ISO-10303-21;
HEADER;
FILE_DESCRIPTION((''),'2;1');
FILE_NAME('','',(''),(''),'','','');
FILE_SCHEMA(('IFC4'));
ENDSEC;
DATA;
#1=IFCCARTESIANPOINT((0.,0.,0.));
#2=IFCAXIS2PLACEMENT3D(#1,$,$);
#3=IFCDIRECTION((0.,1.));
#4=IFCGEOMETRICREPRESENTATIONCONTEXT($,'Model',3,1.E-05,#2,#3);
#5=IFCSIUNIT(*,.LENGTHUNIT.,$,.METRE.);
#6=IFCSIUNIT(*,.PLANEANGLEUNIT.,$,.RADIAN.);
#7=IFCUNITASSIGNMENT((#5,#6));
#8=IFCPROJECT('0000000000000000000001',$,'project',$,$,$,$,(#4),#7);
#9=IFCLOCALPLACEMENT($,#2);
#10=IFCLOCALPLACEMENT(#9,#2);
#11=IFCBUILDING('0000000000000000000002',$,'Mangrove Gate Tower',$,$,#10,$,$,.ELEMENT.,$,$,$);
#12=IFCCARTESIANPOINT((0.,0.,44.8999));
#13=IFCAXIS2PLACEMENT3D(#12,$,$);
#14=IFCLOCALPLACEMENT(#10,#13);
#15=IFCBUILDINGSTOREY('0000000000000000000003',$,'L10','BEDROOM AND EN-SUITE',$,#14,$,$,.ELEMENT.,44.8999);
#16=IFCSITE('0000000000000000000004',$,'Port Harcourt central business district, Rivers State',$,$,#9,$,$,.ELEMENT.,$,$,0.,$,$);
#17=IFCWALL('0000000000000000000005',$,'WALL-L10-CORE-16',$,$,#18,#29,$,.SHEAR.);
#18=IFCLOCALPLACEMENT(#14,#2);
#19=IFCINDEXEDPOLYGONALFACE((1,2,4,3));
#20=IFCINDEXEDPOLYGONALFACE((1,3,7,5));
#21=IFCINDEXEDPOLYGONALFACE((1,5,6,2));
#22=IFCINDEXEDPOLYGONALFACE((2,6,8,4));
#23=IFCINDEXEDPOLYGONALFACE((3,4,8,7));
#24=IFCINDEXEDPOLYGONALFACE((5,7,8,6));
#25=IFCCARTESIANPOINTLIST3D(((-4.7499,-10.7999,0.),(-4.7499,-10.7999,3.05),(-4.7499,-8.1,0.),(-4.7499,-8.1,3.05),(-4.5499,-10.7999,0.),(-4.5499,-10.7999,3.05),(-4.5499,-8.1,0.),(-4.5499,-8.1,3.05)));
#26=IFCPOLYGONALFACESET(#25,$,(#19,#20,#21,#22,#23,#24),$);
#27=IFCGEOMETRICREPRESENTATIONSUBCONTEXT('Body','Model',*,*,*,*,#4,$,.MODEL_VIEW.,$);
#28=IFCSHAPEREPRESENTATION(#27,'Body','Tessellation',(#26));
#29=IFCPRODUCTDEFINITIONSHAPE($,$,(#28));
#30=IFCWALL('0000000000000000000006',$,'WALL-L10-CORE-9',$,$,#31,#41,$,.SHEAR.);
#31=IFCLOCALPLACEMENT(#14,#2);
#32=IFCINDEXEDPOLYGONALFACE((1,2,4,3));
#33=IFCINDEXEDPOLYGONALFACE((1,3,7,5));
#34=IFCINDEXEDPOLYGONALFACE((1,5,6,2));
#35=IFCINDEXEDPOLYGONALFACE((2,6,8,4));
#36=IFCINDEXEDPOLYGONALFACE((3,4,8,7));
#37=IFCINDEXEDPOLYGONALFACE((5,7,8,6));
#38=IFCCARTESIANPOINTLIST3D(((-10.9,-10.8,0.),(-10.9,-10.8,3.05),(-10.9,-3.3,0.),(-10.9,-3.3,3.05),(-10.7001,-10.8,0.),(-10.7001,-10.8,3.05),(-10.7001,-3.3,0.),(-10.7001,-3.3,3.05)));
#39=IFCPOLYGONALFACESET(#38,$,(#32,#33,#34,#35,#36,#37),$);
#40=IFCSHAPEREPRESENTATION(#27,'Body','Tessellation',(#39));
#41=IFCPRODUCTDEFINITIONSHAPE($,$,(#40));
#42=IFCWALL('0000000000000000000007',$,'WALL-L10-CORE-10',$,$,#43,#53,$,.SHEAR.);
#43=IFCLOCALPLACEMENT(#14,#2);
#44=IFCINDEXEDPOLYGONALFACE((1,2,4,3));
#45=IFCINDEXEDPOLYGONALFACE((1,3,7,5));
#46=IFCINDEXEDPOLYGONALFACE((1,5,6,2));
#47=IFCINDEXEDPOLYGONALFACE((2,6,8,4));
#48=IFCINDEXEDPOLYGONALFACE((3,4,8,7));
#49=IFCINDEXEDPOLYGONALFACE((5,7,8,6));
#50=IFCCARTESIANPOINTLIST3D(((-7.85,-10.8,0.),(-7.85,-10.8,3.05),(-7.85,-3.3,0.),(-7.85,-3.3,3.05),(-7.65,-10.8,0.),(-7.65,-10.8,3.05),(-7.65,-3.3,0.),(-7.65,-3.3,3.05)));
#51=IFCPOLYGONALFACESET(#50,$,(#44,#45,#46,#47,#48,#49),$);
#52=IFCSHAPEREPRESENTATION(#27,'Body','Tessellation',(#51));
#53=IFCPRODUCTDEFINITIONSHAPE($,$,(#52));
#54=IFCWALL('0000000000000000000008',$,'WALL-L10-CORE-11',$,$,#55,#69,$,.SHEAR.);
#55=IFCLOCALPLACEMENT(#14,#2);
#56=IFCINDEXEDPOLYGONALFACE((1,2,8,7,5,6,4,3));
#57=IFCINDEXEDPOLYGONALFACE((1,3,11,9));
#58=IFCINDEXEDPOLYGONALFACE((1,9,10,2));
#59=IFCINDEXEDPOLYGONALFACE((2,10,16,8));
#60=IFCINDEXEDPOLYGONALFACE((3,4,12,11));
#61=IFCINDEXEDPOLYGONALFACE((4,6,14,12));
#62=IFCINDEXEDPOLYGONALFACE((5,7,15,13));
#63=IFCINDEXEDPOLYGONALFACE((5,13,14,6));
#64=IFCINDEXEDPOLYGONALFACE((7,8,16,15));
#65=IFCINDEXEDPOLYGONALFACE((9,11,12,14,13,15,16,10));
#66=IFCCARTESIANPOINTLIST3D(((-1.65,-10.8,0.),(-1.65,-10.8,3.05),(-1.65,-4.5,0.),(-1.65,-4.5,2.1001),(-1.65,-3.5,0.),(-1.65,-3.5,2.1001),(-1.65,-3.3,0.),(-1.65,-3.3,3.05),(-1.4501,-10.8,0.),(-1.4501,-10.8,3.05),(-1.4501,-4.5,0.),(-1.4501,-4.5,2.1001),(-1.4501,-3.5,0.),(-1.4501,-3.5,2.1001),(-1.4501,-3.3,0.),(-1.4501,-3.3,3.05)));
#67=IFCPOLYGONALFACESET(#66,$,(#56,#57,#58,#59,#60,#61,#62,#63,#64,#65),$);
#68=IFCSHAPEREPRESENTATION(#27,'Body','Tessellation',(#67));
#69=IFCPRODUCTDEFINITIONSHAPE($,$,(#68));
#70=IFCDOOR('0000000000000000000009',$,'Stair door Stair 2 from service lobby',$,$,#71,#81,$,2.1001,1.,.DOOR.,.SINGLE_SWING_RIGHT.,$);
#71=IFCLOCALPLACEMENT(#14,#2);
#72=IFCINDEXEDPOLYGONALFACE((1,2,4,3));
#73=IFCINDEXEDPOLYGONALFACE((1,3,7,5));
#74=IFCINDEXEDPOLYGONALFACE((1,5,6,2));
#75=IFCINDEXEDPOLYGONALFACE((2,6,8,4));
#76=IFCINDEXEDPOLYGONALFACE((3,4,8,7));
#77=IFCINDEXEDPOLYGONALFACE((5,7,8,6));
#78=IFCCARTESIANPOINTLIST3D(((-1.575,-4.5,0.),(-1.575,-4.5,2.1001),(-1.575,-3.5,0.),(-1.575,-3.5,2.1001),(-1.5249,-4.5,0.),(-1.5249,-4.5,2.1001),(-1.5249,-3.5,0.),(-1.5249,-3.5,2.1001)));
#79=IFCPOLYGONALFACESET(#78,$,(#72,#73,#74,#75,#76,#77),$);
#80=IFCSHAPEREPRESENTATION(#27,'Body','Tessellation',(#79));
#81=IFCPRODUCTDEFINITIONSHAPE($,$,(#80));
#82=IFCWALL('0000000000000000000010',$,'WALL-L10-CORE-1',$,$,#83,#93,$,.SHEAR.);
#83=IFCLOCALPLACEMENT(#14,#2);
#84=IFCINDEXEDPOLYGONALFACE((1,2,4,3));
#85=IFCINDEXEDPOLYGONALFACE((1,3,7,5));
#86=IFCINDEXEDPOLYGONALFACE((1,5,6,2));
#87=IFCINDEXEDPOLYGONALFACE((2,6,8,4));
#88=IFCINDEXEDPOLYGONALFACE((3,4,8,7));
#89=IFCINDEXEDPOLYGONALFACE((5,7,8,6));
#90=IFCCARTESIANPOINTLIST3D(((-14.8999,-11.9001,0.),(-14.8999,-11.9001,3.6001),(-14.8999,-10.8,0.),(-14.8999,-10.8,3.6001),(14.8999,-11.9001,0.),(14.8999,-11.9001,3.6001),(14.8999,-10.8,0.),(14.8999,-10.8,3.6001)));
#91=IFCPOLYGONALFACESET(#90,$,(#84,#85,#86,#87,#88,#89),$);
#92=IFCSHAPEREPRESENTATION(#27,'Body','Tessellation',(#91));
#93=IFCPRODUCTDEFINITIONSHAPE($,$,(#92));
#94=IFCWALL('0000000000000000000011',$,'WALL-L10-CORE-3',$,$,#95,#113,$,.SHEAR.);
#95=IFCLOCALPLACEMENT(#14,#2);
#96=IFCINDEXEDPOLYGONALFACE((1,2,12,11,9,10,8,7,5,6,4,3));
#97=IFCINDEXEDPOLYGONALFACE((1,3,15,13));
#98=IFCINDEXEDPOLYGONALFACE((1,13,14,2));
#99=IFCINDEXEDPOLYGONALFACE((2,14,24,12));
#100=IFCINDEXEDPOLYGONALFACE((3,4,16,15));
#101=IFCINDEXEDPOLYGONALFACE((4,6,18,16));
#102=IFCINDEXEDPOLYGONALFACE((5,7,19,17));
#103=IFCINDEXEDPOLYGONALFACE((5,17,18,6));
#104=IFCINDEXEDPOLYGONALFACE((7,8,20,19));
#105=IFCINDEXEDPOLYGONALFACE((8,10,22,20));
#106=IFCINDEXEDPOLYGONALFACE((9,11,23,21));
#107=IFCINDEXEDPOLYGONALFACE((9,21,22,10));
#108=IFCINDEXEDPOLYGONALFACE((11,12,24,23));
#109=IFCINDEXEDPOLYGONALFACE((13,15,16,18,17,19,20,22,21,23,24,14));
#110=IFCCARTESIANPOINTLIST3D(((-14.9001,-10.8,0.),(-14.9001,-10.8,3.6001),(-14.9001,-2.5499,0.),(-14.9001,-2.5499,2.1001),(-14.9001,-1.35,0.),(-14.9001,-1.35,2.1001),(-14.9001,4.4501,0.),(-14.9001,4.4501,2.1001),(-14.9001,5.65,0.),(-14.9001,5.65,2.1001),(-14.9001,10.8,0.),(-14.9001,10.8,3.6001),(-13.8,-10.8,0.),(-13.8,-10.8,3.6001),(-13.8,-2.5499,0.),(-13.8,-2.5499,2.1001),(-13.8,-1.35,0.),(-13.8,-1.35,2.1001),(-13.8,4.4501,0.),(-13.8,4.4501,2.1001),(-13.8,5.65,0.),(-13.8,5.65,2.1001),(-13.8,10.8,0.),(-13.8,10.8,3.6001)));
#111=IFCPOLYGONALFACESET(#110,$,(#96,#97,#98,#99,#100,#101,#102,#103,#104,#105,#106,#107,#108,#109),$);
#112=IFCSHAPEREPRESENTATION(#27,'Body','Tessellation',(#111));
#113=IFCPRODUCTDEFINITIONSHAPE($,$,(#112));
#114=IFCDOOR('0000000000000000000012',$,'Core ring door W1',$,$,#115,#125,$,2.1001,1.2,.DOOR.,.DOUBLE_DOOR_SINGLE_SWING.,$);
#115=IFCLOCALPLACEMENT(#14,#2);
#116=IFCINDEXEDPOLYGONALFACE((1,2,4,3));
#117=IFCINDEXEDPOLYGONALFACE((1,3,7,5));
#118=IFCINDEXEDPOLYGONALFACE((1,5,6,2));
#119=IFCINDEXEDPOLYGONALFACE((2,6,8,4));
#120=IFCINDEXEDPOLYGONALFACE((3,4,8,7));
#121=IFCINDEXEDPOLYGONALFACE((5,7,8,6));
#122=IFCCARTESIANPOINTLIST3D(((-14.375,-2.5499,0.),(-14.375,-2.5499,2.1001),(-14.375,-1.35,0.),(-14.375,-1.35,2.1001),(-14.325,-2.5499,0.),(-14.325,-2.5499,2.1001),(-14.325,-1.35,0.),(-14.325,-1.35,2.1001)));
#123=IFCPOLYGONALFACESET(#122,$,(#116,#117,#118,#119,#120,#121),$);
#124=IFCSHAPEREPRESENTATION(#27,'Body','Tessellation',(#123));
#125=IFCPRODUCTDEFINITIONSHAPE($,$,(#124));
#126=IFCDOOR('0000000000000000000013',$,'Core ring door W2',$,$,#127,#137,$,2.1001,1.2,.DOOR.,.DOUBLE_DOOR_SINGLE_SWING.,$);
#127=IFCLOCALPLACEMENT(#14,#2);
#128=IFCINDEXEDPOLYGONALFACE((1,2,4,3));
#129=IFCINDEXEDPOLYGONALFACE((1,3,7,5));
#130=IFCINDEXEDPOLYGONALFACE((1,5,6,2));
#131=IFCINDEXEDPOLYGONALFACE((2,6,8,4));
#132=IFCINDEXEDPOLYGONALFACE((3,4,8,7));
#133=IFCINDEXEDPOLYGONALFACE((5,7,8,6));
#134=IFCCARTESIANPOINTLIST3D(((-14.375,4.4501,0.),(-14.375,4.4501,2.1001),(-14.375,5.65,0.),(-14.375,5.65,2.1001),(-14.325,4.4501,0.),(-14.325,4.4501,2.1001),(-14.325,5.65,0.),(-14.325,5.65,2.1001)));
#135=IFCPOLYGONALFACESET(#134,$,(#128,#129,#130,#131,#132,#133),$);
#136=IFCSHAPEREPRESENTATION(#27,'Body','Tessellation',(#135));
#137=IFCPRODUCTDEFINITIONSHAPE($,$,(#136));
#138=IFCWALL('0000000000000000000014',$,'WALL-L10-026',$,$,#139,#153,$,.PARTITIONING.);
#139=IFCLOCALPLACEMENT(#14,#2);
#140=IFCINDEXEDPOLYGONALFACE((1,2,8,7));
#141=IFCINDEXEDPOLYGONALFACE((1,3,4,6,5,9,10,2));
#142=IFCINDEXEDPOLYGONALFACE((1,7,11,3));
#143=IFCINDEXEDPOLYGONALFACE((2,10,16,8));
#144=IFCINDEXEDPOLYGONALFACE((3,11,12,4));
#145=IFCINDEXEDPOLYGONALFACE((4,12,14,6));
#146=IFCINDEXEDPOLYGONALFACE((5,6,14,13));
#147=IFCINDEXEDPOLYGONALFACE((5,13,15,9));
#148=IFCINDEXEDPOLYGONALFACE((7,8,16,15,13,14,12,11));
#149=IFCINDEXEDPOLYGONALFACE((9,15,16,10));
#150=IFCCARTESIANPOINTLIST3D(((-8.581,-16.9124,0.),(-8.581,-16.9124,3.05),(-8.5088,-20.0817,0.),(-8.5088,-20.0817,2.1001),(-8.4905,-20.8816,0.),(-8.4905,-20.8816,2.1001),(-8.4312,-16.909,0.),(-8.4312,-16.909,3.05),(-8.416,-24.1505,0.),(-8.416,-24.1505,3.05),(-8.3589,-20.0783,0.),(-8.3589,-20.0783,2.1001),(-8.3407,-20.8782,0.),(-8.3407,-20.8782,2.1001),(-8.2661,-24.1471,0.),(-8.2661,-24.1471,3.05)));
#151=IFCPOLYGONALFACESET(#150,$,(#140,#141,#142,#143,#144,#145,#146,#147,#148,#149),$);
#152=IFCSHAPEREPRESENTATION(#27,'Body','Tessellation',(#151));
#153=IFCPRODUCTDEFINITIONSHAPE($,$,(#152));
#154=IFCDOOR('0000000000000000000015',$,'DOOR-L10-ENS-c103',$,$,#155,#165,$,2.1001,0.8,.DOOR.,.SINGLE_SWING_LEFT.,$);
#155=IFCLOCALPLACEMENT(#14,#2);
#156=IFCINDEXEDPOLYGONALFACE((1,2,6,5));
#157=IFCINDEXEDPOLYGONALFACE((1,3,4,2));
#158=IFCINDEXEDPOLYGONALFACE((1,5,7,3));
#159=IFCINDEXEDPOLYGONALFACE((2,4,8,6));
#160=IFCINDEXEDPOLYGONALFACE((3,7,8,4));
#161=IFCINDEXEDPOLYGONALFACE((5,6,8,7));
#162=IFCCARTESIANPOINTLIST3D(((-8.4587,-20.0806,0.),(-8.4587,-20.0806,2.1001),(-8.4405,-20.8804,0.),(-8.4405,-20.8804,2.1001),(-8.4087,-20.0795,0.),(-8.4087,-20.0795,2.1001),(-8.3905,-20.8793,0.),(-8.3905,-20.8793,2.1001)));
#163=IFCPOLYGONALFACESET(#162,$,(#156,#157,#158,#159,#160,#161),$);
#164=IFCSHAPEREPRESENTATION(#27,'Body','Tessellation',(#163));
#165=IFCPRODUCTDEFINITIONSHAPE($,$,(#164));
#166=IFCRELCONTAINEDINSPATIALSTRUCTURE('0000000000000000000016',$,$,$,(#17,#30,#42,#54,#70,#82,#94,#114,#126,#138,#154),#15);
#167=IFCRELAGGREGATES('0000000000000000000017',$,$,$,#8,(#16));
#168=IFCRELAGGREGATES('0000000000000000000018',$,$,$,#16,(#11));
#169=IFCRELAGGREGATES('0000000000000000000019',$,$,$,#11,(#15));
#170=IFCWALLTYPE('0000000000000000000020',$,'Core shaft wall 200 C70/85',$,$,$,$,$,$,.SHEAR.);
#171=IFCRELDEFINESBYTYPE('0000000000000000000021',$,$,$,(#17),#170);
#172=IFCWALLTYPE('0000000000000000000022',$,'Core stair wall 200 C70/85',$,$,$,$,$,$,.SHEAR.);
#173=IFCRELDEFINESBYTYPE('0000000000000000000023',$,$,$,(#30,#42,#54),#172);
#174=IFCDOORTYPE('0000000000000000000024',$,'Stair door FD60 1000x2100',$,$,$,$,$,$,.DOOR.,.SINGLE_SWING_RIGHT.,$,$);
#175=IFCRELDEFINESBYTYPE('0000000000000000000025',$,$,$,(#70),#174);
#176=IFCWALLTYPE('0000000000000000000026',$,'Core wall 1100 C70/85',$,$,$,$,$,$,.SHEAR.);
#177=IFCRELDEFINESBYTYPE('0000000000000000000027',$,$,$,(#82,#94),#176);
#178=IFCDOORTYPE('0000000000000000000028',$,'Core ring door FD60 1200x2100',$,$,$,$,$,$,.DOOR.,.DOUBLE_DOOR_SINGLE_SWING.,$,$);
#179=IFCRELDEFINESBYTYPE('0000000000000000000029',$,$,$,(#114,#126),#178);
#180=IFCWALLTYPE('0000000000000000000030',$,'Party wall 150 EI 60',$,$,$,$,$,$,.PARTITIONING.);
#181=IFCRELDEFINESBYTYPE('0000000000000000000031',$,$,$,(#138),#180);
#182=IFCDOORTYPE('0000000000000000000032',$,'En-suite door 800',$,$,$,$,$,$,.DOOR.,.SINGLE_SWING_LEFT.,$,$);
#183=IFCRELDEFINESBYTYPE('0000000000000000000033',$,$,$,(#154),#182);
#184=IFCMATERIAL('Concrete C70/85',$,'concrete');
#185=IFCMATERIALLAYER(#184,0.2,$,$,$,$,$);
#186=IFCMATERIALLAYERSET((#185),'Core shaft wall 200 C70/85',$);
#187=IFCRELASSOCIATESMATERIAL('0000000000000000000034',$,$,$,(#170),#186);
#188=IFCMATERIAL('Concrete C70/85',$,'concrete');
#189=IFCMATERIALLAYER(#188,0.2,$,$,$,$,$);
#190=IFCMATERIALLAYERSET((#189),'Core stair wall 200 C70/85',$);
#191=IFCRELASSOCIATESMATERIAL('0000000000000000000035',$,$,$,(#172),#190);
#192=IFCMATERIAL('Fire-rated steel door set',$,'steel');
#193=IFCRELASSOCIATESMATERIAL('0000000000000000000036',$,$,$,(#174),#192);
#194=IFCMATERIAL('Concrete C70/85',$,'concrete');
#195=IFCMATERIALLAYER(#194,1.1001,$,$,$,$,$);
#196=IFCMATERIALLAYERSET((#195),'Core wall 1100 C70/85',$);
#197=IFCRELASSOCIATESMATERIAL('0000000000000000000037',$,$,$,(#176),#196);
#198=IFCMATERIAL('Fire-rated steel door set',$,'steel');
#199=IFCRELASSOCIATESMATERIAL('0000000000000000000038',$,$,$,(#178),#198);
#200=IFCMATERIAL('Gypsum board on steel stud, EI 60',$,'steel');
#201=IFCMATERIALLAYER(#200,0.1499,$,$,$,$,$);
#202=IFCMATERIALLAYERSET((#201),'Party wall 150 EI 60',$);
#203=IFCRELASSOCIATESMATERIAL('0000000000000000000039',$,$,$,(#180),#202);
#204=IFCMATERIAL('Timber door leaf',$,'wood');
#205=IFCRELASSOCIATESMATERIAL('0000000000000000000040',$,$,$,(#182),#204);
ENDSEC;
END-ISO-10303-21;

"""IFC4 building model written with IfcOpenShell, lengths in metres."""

from ifc_helpers import new_model, si_unit, direction, frame, frame_2d, origin, place, context, subcontext, project, spatial, rectangle, extrude, material, layer, layer_set, type_object, element, fill, save


model = new_model("IFC4")

# Units and contexts
model_context = context("Model", 3, precision=1e-05, world=origin(), true_north=direction((0.0, 1.0)))
body_context = subcontext(model_context, "Body", "Model", "MODEL_VIEW")
ifc_project = project(units=[si_unit("LENGTHUNIT", "METRE"), si_unit("PLANEANGLEUNIT", "RADIAN")], contexts=[model_context])

# Site, building, storey
site_placement = place(None, origin())
site = spatial("IfcSite", under=ifc_project, at=site_placement, Name="Port Harcourt central business district, Rivers State", CompositionType="ELEMENT", RefElevation=0.0)
building_placement = place(site_placement, origin())
building = spatial("IfcBuilding", under=site, at=building_placement, Name="Mangrove Gate Tower", CompositionType="ELEMENT")
storey_placement = place(building_placement, frame((0.0, 0.0, 44.8999)))
storey = spatial("IfcBuildingStorey", under=building, at=storey_placement, Name="L10", Description="BEDROOM AND EN-SUITE", CompositionType="ELEMENT", Elevation=44.8999)

# Walls
ifc_material_1 = material(Name="Concrete C70/85", Category="concrete")
ifc_layer_1 = layer(ifc_material_1, 0.2)
ifc_layer_set_1 = layer_set([ifc_layer_1], Name="Core shaft wall 200 C70/85")
wall_type_1 = type_object("IfcWallType", Name="Core shaft wall 200 C70/85", PredefinedType="SHEAR", material=ifc_layer_set_1)
wall_1_placement = place(storey_placement, frame((-4.6499, -10.8, 0.0), z_axis=(0.0, 0.0, 1.0), x_axis=(0.0, 1.0, 0.0)))
element("IfcWall", 1, at=wall_1_placement, inside=storey, type_object=wall_type_1, Name="WALL-L10-CORE-16", PredefinedType="SHEAR", context=body_context, shape_type="SweptSolid", body=[
    extrude(rectangle(XDim=2.7, YDim=0.2, at=frame_2d((1.3501, 0.0))), origin(), (0.0, 0.0, 1.0), 3.05),
])
ifc_material_2 = material(Name="Concrete C70/85", Category="concrete")
ifc_layer_2 = layer(ifc_material_2, 0.2)
ifc_layer_set_2 = layer_set([ifc_layer_2], Name="Core stair wall 200 C70/85")
wall_type_2 = type_object("IfcWallType", Name="Core stair wall 200 C70/85", PredefinedType="SHEAR", material=ifc_layer_set_2)
for number, where, z_axis, x_axis, name in (
    (2, (-10.8, -10.8, 0.0), (0.0, 0.0, 1.0), (0.0, 1.0, 0.0), "WALL-L10-CORE-9"),
    (3, (-7.75, -10.8, 0.0), (0.0, 0.0, 1.0), (0.0, 1.0, 0.0), "WALL-L10-CORE-10"),
):
    element("IfcWall", number, at=place(storey_placement, frame(where, z_axis=z_axis, x_axis=x_axis)), inside=storey, type_object=wall_type_2, Name=name, PredefinedType="SHEAR", context=body_context, shape_type="SweptSolid", body=[
        extrude(rectangle(XDim=7.5, YDim=0.2, at=frame_2d((3.75, 0.0))), origin(), (0.0, 0.0, 1.0), 3.05),
    ])

# Wall, opening, door
wall_2_placement = place(storey_placement, frame((-1.55, -10.8, 0.0), z_axis=(0.0, 0.0, 1.0), x_axis=(0.0, 1.0, 0.0)))
wall_2 = element("IfcWall", 4, at=wall_2_placement, inside=storey, type_object=wall_type_2, Name="WALL-L10-CORE-11", PredefinedType="SHEAR", context=body_context, shape_type="SweptSolid", body=[
    extrude(rectangle(XDim=7.5, YDim=0.2, at=frame_2d((3.75, 0.0))), origin(), (0.0, 0.0, 1.0), 3.05),
])
opening_1_placement = place(wall_2_placement, frame((6.3, 0.0, 0.0)))
opening_1 = element("IfcOpeningElement", 5, at=opening_1_placement, cuts=wall_2, PredefinedType="OPENING", context=body_context, shape_type="SweptSolid", body=[
    extrude(rectangle(XDim=1.0, YDim=2.1001, at=frame_2d((0.5, 1.05))), frame((0.0, 0.1099, 0.0), z_axis=(0.0, -1.0, 0.0), x_axis=(1.0, 0.0, 0.0)), (0.0, 0.0, 1.0), 0.22),
])
ifc_material_3 = material(Name="Fire-rated steel door set", Category="steel")
door_type_1 = type_object("IfcDoorType", Name="Stair door FD60 1000x2100", OperationType="SINGLE_SWING_RIGHT", PredefinedType="DOOR", material=ifc_material_3)
door_1_placement = place(opening_1_placement, origin())
door_1 = element("IfcDoor", 6, at=door_1_placement, inside=storey, type_object=door_type_1, Name="Stair door Stair 2 from service lobby", OperationType="SINGLE_SWING_RIGHT", OverallHeight=2.1001, OverallWidth=1.0, PredefinedType="DOOR", context=body_context, shape_type="SweptSolid", body=[
    extrude(rectangle(XDim=1.0, YDim=2.1001, at=frame_2d((0.5, 1.05))), frame((0.0, 0.0249, 0.0), z_axis=(0.0, -1.0, 0.0), x_axis=(1.0, 0.0, 0.0)), (0.0, 0.0, 1.0), 0.05),
])
fill(opening_1, door_1)

# Wall
ifc_material_4 = material(Name="Concrete C70/85", Category="concrete")
ifc_layer_3 = layer(ifc_material_4, 1.1001)
ifc_layer_set_3 = layer_set([ifc_layer_3], Name="Core wall 1100 C70/85")
wall_type_3 = type_object("IfcWallType", Name="Core wall 1100 C70/85", PredefinedType="SHEAR", material=ifc_layer_set_3)
wall_3_placement = place(storey_placement, frame((-14.8999, -11.3501, 0.0), z_axis=(0.0, 0.0, 1.0), x_axis=(1.0, 0.0, 0.0)))
element("IfcWall", 7, at=wall_3_placement, inside=storey, type_object=wall_type_3, Name="WALL-L10-CORE-1", PredefinedType="SHEAR", context=body_context, shape_type="SweptSolid", body=[
    extrude(rectangle(XDim=29.7998, YDim=1.1001, at=frame_2d((14.8999, 0.0))), origin(), (0.0, 0.0, 1.0), 3.6001),
])

# Wall, openings, doors
wall_4_placement = place(storey_placement, frame((-14.3501, -10.8, 0.0), z_axis=(0.0, 0.0, 1.0), x_axis=(0.0, 1.0, 0.0)))
wall_4 = element("IfcWall", 8, at=wall_4_placement, inside=storey, type_object=wall_type_3, Name="WALL-L10-CORE-3", PredefinedType="SHEAR", context=body_context, shape_type="SweptSolid", body=[
    extrude(rectangle(XDim=21.6001, YDim=1.1001, at=frame_2d((10.8, 0.0))), origin(), (0.0, 0.0, 1.0), 3.6001),
])
opening_2_placement = place(wall_4_placement, frame((8.25, 0.0, 0.0)))
opening_2 = element("IfcOpeningElement", 9, at=opening_2_placement, cuts=wall_4, PredefinedType="OPENING", context=body_context, shape_type="SweptSolid", body=[
    extrude(rectangle(XDim=1.2, YDim=2.1001, at=frame_2d((0.6001, 1.05))), frame((0.0, 0.5601, 0.0), z_axis=(0.0, -1.0, 0.0), x_axis=(1.0, 0.0, 0.0)), (0.0, 0.0, 1.0), 1.1201),
])
opening_3_placement = place(wall_4_placement, frame((15.25, 0.0, 0.0)))
opening_3 = element("IfcOpeningElement", 10, at=opening_3_placement, cuts=wall_4, PredefinedType="OPENING", context=body_context, shape_type="SweptSolid", body=[
    extrude(rectangle(XDim=1.2, YDim=2.1001, at=frame_2d((0.6001, 1.05))), frame((0.0, 0.5601, 0.0), z_axis=(0.0, -1.0, 0.0), x_axis=(1.0, 0.0, 0.0)), (0.0, 0.0, 1.0), 1.1201),
])
ifc_material_5 = material(Name="Fire-rated steel door set", Category="steel")
door_type_2 = type_object("IfcDoorType", Name="Core ring door FD60 1200x2100", OperationType="DOUBLE_DOOR_SINGLE_SWING", PredefinedType="DOOR", material=ifc_material_5)
door_2_placement = place(opening_2_placement, origin())
door_2 = element("IfcDoor", 11, at=door_2_placement, inside=storey, type_object=door_type_2, Name="Core ring door W1", OperationType="DOUBLE_DOOR_SINGLE_SWING", OverallHeight=2.1001, OverallWidth=1.2, PredefinedType="DOOR", context=body_context, shape_type="SweptSolid", body=[
    extrude(rectangle(XDim=1.2, YDim=2.1001, at=frame_2d((0.6001, 1.05))), frame((0.0, 0.0249, 0.0), z_axis=(0.0, -1.0, 0.0), x_axis=(1.0, 0.0, 0.0)), (0.0, 0.0, 1.0), 0.05),
])
fill(opening_2, door_2)
door_3_placement = place(opening_3_placement, origin())
door_3 = element("IfcDoor", 12, at=door_3_placement, inside=storey, type_object=door_type_2, Name="Core ring door W2", OperationType="DOUBLE_DOOR_SINGLE_SWING", OverallHeight=2.1001, OverallWidth=1.2, PredefinedType="DOOR", context=body_context, shape_type="SweptSolid", body=[
    extrude(rectangle(XDim=1.2, YDim=2.1001, at=frame_2d((0.6001, 1.05))), frame((0.0, 0.0249, 0.0), z_axis=(0.0, -1.0, 0.0), x_axis=(1.0, 0.0, 0.0)), (0.0, 0.0, 1.0), 0.05),
])
fill(opening_3, door_3)

# Wall, opening, door
ifc_material_6 = material(Name="Gypsum board on steel stud, EI 60", Category="steel")
ifc_layer_4 = layer(ifc_material_6, 0.1499)
ifc_layer_set_4 = layer_set([ifc_layer_4], Name="Party wall 150 EI 60")
wall_type_4 = type_object("IfcWallType", Name="Party wall 150 EI 60", PredefinedType="PARTITIONING", material=ifc_layer_set_4)
wall_5_placement = place(storey_placement, frame((-8.3411, -24.1489, 0.0), z_axis=(0.0, 0.0, 1.0), x_axis=(-0.022796, 0.99974, 0.0)))
wall_5 = element("IfcWall", 13, at=wall_5_placement, inside=storey, type_object=wall_type_4, Name="WALL-L10-026", PredefinedType="PARTITIONING", context=body_context, shape_type="SweptSolid", body=[
    extrude(rectangle(XDim=7.24, YDim=0.1499, at=frame_2d((3.6201, 0.0))), origin(), (0.0, 0.0, 1.0), 3.05),
])
opening_4_placement = place(wall_5_placement, frame((3.27, 0.0, 0.0)))
opening_4 = element("IfcOpeningElement", 14, at=opening_4_placement, cuts=wall_5, PredefinedType="OPENING", context=body_context, shape_type="SweptSolid", body=[
    extrude(rectangle(XDim=0.8, YDim=2.1001, at=frame_2d((0.3999, 1.05))), frame((0.0, 0.085, 0.0), z_axis=(0.0, -1.0, 0.0), x_axis=(1.0, 0.0, 0.0)), (0.0, 0.0, 1.0), 0.1699),
])
ifc_material_7 = material(Name="Timber door leaf", Category="wood")
door_type_3 = type_object("IfcDoorType", Name="En-suite door 800", OperationType="SINGLE_SWING_LEFT", PredefinedType="DOOR", material=ifc_material_7)
door_4_placement = place(opening_4_placement, origin())
door_4 = element("IfcDoor", 15, at=door_4_placement, inside=storey, type_object=door_type_3, Name="DOOR-L10-ENS-c103", OperationType="SINGLE_SWING_LEFT", OverallHeight=2.1001, OverallWidth=0.8, PredefinedType="DOOR", context=body_context, shape_type="SweptSolid", body=[
    extrude(rectangle(XDim=0.8, YDim=2.1001, at=frame_2d((0.3999, 1.05))), frame((0.0, 0.0249, 0.0), z_axis=(0.0, -1.0, 0.0), x_axis=(1.0, 0.0, 0.0)), (0.0, 0.0, 1.0), 0.05),
])
fill(opening_4, door_4)

save(model, "model.ifc")
